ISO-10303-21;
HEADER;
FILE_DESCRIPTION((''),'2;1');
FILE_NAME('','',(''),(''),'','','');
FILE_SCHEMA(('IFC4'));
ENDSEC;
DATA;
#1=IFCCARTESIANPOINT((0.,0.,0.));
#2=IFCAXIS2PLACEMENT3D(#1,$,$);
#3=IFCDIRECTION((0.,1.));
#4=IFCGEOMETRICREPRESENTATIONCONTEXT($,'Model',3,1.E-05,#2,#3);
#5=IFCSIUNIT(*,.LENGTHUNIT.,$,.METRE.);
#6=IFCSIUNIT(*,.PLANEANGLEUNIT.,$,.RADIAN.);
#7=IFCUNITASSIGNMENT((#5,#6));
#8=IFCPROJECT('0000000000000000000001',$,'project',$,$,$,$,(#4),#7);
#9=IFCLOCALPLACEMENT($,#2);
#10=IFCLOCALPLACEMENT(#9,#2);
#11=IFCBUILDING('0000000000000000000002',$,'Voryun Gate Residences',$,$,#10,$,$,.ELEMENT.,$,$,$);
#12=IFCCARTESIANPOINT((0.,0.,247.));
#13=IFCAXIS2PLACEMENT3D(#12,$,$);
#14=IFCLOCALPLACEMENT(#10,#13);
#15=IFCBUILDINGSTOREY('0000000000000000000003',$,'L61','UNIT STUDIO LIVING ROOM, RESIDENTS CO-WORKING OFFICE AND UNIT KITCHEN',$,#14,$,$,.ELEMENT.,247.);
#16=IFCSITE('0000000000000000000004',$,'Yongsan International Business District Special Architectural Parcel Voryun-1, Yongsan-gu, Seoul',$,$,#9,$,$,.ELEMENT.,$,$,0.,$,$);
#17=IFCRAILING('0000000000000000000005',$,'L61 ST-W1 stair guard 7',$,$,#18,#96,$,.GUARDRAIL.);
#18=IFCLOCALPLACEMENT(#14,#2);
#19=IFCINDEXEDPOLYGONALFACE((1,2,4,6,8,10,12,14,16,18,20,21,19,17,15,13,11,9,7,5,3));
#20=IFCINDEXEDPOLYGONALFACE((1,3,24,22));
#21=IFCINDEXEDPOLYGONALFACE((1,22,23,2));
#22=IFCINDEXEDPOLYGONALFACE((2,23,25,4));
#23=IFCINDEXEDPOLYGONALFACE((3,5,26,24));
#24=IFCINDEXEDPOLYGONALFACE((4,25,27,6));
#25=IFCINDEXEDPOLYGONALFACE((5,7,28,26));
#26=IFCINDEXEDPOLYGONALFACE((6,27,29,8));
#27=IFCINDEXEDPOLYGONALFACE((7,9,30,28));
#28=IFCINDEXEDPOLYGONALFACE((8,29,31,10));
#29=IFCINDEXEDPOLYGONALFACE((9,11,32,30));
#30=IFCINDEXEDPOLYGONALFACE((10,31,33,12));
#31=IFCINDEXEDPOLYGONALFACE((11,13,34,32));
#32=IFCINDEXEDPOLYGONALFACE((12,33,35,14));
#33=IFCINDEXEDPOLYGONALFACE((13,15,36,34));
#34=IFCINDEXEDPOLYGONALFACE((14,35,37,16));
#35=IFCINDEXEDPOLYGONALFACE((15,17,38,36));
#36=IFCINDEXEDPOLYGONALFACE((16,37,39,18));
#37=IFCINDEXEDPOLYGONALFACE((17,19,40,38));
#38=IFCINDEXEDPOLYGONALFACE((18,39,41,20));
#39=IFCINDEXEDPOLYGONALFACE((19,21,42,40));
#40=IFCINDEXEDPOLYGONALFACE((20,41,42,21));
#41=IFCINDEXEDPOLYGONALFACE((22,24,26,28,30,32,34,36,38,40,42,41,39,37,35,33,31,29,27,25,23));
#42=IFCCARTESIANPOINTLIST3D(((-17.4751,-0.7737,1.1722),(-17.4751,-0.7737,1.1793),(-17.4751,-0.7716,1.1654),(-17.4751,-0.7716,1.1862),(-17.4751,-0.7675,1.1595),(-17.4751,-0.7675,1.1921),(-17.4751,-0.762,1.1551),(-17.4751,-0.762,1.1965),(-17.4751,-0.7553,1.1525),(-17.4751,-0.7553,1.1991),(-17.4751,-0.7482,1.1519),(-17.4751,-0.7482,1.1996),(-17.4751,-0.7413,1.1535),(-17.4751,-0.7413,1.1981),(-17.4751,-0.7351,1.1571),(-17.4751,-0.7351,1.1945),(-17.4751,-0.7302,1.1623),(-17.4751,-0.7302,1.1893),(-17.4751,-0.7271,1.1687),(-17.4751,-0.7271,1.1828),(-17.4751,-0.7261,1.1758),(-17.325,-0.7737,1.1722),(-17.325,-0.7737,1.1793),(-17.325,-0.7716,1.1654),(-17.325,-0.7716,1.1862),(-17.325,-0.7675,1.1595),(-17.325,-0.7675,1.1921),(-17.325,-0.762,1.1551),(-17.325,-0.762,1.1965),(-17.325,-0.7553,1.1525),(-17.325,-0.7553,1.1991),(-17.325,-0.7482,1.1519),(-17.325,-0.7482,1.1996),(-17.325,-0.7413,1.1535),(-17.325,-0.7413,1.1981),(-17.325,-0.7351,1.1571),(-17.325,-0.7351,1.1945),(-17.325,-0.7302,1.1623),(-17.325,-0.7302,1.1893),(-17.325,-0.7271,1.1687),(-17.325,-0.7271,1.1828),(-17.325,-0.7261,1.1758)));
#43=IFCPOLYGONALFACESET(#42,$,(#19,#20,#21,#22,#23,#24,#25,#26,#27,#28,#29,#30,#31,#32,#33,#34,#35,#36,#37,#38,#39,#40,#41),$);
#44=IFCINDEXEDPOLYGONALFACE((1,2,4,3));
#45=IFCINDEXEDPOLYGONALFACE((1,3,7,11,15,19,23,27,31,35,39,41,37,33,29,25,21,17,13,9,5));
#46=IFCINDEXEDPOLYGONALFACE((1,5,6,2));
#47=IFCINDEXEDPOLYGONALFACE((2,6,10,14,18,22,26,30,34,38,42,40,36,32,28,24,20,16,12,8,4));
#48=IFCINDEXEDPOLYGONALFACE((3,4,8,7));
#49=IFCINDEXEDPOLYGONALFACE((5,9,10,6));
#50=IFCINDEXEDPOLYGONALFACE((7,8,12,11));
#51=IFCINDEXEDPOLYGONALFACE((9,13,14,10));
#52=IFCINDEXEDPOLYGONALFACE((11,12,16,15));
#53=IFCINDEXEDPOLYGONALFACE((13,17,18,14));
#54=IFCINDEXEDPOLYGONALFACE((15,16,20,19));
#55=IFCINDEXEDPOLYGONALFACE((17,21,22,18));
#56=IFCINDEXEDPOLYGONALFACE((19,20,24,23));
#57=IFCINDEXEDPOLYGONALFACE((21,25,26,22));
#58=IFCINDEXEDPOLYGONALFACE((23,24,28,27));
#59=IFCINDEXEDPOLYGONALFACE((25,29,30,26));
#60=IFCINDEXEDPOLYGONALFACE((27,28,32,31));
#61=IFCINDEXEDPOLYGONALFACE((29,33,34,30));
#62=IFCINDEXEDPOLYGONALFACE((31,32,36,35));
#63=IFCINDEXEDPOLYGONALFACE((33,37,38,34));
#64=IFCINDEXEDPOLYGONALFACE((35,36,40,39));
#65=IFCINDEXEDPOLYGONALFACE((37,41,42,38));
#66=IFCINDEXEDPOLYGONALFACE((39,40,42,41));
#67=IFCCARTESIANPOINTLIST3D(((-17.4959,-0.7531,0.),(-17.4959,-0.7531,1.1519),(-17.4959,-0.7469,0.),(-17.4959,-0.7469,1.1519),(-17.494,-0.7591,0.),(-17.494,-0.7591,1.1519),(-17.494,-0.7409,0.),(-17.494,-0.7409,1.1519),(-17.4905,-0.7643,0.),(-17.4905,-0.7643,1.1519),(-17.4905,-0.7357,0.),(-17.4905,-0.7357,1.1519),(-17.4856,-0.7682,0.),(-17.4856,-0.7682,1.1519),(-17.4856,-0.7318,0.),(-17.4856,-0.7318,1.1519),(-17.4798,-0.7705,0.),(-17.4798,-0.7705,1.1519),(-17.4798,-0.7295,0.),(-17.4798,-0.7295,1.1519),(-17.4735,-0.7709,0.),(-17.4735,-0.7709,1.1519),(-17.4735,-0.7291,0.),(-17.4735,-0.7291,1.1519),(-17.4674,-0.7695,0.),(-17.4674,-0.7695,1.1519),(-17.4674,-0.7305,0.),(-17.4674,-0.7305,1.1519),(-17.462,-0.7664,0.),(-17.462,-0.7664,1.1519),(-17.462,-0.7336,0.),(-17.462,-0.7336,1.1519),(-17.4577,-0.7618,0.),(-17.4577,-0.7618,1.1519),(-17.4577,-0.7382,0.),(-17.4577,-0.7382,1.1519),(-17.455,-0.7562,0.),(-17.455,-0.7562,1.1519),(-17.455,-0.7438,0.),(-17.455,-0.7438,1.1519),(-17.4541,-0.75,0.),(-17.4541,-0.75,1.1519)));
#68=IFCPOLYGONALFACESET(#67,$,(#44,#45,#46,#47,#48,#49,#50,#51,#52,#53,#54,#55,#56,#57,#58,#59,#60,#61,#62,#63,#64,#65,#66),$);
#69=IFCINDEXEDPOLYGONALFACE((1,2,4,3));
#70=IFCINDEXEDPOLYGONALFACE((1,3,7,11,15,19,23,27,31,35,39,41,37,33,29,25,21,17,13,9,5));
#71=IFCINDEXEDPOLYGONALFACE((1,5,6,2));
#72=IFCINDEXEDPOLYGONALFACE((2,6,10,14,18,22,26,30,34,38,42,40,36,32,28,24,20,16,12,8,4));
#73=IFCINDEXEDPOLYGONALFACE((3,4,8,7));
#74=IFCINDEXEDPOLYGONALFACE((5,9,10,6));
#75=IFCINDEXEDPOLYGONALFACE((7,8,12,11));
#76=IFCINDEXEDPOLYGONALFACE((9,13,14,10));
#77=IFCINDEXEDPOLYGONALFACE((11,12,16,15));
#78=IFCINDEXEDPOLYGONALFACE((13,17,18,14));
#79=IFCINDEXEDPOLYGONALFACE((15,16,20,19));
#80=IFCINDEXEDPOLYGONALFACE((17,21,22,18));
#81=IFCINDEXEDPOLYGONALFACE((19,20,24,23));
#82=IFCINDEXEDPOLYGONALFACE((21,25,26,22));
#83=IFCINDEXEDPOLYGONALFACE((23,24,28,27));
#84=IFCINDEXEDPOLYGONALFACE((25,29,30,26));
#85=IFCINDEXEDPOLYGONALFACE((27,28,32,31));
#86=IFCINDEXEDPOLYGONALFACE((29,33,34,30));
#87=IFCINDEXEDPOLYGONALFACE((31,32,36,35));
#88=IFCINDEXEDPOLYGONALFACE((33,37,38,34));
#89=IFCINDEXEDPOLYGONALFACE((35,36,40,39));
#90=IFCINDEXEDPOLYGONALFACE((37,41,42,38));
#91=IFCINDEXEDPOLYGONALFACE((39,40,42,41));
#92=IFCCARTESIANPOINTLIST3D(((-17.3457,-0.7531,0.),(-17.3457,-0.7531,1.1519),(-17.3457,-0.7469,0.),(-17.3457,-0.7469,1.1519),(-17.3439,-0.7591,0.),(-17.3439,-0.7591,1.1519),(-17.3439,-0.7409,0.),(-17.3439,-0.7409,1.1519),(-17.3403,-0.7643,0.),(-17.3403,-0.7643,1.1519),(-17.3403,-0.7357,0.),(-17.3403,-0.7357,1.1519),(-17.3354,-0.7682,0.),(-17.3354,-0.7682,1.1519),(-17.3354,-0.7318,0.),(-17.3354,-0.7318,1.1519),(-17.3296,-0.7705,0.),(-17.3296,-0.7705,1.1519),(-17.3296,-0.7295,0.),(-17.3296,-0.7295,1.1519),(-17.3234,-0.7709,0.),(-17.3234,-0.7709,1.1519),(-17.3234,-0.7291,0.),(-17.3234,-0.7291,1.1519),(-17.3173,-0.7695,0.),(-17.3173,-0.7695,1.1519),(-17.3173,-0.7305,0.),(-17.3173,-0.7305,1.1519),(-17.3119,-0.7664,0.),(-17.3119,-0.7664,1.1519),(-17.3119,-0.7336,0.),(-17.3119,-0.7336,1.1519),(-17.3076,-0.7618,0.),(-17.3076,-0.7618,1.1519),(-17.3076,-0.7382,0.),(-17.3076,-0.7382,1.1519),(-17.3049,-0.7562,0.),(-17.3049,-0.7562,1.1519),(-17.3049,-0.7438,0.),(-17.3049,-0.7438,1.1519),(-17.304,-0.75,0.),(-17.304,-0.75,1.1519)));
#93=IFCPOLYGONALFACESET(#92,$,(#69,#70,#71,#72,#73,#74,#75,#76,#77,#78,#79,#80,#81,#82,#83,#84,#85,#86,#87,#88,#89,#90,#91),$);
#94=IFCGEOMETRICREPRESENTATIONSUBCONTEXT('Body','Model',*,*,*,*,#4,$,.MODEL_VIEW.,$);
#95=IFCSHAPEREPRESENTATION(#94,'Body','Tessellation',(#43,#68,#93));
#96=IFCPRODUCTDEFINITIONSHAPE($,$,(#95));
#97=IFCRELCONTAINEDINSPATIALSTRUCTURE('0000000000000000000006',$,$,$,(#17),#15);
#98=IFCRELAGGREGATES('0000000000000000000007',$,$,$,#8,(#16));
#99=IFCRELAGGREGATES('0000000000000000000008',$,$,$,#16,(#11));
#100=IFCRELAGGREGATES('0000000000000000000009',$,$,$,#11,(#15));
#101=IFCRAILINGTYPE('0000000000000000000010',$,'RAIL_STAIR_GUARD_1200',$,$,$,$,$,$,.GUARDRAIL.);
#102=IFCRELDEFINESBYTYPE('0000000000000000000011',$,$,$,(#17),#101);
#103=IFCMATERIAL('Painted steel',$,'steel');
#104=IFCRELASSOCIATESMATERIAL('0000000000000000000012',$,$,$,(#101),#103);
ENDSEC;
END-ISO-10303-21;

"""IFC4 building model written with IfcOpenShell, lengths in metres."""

from ifc_helpers import new_model, si_unit, direction, frame, origin, origin_2d, place, context, subcontext, project, spatial, circle, extrude, material, type_object, element, save


model = new_model("IFC4")

# Units and contexts
model_context = context("Model", 3, precision=1e-05, world=origin(), true_north=direction((0.0, 1.0)))
body_context = subcontext(model_context, "Body", "Model", "MODEL_VIEW")
ifc_project = project(units=[si_unit("LENGTHUNIT", "METRE"), si_unit("PLANEANGLEUNIT", "RADIAN")], contexts=[model_context])

# Site, building, storey
site_placement = place(None, origin())
site = spatial("IfcSite", under=ifc_project, at=site_placement, Name="Yongsan International Business District Special Architectural Parcel Voryun-1, Yongsan-gu, Seoul", CompositionType="ELEMENT", RefElevation=0.0)
building_placement = place(site_placement, origin())
building = spatial("IfcBuilding", under=site, at=building_placement, Name="Voryun Gate Residences", CompositionType="ELEMENT")
storey_placement = place(building_placement, frame((0.0, 0.0, 247.0)))
storey = spatial("IfcBuildingStorey", under=building, at=storey_placement, Name="L61", Description="UNIT STUDIO LIVING ROOM, RESIDENTS CO-WORKING OFFICE AND UNIT KITCHEN", CompositionType="ELEMENT", Elevation=247.0)

# Railing
ifc_material_1 = material(Name="Painted steel", Category="steel")
railing_type_1 = type_object("IfcRailingType", Name="RAIL_STAIR_GUARD_1200", PredefinedType="GUARDRAIL", material=ifc_material_1)
railing_1_placement = place(storey_placement, frame((-17.4751, -0.75, 0.0)))
element("IfcRailing", 1, at=railing_1_placement, inside=storey, type_object=railing_type_1, Name="L61 ST-W1 stair guard 7", PredefinedType="GUARDRAIL", context=body_context, shape_type="SweptSolid", body=[
    extrude(circle(Radius=0.0239, at=origin_2d()), frame((0.0, 0.0, 1.1758), z_axis=(1.0, 0.0, 0.0), x_axis=(0.0, 1.0, 0.0)), (0.0, 0.0, 1.0), 0.1501),
    extrude(circle(Radius=0.021, at=origin_2d()), origin(), (0.0, 0.0, 1.0), 1.1519),
    extrude(circle(Radius=0.021, at=origin_2d()), frame((0.1501, 0.0, 0.0)), (0.0, 0.0, 1.0), 1.1519),
])

save(model, "model.ifc")
